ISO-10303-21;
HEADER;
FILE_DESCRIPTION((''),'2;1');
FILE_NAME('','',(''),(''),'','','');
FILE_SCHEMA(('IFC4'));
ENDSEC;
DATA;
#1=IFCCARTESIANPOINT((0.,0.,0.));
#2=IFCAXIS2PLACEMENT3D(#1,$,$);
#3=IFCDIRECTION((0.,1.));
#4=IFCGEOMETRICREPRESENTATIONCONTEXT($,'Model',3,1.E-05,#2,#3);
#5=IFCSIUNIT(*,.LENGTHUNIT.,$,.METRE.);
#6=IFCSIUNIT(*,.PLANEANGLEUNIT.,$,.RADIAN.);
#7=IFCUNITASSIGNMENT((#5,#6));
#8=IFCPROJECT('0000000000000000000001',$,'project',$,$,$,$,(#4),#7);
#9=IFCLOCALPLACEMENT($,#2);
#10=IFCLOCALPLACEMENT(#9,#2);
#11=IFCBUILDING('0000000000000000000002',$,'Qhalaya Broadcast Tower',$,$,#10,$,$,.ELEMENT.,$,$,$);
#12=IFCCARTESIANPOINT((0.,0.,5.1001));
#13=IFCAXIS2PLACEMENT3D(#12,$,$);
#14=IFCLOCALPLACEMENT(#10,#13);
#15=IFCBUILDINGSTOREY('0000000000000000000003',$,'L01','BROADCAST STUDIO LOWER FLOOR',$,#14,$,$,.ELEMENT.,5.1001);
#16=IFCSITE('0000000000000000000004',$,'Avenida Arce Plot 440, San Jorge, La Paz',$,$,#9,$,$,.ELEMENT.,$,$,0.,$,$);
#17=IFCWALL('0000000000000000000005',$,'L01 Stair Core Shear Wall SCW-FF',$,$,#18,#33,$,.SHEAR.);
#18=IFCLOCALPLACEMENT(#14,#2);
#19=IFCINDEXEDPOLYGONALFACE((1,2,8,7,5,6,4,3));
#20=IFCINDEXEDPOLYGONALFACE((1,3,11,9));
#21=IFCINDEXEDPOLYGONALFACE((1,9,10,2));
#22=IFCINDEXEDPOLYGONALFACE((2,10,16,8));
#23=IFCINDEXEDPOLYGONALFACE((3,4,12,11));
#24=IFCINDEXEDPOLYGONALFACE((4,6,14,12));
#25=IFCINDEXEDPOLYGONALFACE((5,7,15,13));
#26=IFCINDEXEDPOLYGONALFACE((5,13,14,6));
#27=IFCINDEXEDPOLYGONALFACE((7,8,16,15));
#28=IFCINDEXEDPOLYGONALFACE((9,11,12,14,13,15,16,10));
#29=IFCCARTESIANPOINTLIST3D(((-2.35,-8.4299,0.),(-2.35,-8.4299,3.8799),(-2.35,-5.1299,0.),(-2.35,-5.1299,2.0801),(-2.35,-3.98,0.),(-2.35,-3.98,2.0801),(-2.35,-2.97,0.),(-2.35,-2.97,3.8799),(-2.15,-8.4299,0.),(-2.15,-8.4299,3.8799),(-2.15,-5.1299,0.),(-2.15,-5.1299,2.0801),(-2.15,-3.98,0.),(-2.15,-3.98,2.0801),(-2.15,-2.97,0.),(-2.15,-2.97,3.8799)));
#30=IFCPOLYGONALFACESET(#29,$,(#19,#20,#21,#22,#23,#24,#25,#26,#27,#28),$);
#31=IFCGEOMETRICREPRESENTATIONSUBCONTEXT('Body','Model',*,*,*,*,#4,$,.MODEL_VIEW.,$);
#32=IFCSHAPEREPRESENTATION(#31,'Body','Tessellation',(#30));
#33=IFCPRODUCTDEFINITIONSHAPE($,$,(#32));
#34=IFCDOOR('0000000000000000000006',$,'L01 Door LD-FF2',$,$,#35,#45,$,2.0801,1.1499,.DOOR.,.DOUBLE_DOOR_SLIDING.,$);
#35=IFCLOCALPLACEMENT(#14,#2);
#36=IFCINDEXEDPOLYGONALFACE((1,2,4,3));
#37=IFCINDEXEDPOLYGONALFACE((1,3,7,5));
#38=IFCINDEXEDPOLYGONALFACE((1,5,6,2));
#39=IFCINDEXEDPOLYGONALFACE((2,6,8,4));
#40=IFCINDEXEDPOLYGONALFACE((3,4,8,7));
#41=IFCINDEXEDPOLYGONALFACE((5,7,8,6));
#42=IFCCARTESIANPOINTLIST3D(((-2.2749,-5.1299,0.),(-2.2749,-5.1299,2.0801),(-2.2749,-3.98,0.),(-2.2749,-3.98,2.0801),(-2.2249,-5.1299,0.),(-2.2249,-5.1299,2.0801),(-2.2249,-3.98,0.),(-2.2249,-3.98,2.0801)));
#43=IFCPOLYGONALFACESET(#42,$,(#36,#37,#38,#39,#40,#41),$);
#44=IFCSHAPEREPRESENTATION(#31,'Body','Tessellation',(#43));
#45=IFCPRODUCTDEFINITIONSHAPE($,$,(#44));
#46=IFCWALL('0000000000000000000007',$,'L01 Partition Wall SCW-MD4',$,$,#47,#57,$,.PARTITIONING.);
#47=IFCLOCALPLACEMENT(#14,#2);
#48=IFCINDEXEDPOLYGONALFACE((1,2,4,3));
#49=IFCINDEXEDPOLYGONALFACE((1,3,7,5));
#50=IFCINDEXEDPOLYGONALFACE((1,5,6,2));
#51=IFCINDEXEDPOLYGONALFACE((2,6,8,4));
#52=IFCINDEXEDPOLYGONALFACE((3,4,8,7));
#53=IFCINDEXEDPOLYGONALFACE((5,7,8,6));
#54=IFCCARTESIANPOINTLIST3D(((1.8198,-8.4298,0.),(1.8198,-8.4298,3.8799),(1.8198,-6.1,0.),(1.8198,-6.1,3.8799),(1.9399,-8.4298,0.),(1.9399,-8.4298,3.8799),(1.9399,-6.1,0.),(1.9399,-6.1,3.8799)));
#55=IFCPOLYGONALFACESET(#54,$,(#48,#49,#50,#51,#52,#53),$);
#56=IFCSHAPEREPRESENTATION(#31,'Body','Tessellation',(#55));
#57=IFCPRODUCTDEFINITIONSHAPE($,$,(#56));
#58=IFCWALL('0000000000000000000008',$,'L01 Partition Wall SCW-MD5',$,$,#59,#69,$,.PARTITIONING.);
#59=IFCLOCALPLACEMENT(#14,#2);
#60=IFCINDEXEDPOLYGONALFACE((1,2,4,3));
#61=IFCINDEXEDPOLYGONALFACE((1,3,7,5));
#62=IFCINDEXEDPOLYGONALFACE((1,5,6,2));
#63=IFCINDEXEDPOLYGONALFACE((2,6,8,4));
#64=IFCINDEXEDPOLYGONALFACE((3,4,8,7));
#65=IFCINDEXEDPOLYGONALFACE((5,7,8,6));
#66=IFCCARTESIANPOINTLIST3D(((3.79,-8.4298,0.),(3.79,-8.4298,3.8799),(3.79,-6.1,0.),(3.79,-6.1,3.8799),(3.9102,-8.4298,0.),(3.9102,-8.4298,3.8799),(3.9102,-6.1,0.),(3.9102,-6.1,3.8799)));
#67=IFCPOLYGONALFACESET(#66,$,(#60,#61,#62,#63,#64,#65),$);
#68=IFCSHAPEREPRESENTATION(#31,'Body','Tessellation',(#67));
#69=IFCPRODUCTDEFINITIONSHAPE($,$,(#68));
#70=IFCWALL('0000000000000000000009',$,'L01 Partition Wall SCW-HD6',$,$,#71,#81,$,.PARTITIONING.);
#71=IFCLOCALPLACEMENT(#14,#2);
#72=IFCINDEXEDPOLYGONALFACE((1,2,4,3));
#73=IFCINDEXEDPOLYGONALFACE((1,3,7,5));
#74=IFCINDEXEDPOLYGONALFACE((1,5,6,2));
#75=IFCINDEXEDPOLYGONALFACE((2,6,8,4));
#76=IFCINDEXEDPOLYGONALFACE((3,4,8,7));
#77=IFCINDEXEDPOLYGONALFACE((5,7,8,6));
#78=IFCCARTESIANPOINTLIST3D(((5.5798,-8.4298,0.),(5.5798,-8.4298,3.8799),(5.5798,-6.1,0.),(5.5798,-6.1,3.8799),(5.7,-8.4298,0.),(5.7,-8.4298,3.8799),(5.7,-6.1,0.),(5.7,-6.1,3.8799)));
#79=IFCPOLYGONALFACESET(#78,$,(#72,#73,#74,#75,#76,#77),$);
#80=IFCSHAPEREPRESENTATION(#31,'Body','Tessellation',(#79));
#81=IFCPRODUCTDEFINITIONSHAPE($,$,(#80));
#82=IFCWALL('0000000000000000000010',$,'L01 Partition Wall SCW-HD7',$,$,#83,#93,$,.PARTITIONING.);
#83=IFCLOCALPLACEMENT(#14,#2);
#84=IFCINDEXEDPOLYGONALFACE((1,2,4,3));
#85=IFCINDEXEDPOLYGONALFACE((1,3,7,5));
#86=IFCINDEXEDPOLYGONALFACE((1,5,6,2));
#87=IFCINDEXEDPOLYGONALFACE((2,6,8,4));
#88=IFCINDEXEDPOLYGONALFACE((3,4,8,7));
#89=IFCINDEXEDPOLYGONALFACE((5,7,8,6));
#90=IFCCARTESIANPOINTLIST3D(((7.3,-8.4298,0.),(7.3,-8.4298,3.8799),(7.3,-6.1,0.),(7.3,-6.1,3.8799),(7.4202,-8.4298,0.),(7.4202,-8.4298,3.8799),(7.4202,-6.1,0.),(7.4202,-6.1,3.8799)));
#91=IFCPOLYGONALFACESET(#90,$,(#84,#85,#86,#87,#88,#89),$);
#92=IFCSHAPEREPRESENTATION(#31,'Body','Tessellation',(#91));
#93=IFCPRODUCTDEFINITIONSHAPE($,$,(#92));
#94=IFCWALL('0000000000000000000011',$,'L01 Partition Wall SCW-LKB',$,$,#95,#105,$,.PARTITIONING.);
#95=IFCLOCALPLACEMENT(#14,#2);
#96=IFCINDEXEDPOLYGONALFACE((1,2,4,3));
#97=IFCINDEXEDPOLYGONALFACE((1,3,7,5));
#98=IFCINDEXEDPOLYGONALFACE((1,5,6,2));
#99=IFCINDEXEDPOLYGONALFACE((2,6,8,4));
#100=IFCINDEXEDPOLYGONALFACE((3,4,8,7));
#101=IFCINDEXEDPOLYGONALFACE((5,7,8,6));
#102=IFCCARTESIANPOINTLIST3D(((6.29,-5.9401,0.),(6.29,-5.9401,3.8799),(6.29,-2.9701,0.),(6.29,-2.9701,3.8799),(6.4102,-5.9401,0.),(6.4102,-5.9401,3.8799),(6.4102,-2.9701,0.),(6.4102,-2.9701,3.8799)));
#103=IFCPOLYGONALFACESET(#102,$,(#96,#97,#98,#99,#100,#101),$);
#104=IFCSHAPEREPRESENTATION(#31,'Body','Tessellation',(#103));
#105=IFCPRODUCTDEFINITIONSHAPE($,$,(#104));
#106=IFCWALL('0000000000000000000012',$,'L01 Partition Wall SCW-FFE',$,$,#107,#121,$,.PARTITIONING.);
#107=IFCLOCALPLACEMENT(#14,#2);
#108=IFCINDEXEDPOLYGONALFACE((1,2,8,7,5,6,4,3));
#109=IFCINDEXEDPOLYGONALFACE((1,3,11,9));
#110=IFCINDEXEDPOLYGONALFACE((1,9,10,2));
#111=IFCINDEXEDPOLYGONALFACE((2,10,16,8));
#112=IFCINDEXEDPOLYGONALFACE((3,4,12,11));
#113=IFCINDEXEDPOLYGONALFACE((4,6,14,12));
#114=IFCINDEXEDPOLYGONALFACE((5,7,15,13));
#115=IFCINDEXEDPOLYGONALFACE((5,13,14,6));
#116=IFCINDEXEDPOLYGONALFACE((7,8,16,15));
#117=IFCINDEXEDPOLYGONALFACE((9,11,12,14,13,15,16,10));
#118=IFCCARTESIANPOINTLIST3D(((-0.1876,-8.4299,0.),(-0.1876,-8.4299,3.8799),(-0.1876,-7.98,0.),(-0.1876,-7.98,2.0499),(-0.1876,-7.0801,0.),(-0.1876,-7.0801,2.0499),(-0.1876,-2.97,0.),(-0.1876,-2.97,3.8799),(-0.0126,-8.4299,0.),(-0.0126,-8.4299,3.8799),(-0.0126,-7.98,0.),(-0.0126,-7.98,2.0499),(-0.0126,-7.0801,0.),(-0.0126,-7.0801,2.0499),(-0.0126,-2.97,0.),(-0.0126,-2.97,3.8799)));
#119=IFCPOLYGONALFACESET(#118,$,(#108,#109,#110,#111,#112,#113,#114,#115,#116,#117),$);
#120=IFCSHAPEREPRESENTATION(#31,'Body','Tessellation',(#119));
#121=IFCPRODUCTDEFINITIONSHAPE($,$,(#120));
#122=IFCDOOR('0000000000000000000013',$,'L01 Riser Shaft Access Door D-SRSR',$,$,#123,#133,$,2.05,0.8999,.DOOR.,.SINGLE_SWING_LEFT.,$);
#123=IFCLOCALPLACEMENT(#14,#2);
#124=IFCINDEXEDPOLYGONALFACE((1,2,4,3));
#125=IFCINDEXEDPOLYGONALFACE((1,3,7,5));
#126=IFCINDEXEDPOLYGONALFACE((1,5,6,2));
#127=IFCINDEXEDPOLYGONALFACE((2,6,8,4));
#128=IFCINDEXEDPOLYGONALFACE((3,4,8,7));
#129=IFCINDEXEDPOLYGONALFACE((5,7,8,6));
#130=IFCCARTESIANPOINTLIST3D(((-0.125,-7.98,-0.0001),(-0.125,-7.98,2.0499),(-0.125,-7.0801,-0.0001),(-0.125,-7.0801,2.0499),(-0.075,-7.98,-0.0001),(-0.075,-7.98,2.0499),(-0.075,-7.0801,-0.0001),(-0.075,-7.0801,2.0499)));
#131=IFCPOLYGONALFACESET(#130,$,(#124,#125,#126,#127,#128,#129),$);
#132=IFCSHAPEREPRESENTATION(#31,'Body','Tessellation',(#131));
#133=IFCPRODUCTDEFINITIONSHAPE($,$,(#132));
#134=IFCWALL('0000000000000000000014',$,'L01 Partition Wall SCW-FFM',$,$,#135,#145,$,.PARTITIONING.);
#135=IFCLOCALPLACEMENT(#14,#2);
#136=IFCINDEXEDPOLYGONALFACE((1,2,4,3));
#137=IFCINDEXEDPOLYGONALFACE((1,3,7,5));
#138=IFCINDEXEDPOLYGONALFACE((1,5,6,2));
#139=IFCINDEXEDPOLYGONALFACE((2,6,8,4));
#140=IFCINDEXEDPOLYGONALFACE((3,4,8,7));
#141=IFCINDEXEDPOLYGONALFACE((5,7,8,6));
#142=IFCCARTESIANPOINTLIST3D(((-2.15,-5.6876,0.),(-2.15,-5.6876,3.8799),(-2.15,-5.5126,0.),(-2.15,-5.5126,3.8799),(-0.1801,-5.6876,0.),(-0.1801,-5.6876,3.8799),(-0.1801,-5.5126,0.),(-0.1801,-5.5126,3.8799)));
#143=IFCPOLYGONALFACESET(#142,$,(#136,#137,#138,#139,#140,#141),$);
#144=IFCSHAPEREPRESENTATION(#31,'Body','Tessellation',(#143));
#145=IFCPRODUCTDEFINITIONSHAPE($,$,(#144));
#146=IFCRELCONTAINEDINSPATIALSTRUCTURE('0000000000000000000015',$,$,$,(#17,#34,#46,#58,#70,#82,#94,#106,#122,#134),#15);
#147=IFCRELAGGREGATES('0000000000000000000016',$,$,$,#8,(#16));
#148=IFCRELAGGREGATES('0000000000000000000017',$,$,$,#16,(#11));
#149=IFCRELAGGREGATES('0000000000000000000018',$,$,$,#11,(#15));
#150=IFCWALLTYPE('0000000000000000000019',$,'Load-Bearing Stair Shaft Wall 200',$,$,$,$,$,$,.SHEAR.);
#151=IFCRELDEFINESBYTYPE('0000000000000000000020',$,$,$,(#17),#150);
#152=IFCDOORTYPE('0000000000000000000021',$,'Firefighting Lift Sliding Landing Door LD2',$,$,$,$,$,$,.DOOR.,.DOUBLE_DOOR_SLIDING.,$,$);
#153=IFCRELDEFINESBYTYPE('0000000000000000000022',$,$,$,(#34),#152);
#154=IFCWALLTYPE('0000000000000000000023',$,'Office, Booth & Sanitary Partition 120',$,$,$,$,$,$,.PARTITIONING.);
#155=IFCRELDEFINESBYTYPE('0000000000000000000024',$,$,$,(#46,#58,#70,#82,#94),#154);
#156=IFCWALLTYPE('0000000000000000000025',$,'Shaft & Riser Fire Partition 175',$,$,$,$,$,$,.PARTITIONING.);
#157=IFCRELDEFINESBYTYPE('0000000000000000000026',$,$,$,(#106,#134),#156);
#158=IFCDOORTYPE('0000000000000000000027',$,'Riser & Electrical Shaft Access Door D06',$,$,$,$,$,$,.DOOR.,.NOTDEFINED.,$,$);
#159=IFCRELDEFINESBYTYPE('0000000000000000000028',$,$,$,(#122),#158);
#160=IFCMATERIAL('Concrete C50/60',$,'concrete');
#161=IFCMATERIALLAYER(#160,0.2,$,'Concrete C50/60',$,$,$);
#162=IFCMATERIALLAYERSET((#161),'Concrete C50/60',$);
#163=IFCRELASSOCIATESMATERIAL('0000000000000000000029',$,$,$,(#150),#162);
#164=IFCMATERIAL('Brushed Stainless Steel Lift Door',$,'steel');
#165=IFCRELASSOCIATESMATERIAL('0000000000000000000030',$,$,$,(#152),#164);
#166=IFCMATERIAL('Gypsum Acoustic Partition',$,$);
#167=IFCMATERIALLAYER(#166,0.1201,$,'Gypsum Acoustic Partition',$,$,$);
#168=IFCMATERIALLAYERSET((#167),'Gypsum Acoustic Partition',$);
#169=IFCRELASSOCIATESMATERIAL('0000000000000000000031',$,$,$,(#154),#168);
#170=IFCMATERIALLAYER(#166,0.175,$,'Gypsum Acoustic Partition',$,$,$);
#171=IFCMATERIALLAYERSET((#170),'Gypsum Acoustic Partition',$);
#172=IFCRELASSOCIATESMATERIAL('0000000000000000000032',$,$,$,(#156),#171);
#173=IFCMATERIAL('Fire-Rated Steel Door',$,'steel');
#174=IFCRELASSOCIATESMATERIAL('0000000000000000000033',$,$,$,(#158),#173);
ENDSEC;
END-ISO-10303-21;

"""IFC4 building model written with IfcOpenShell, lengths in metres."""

from ifc_helpers import new_model, si_unit, direction, frame, frame_2d, origin, place, context, subcontext, project, spatial, rectangle, extrude, material, layer, layer_set, type_object, element, fill, save


model = new_model("IFC4")

# Units and contexts
model_context = context("Model", 3, precision=1e-05, world=origin(), true_north=direction((0.0, 1.0)))
body_context = subcontext(model_context, "Body", "Model", "MODEL_VIEW")
ifc_project = project(units=[si_unit("LENGTHUNIT", "METRE"), si_unit("PLANEANGLEUNIT", "RADIAN")], contexts=[model_context])

# Site, building, storey
site_placement = place(None, origin())
site = spatial("IfcSite", under=ifc_project, at=site_placement, Name="Avenida Arce Plot 440, San Jorge, La Paz", CompositionType="ELEMENT", RefElevation=0.0)
building_placement = place(site_placement, origin())
building = spatial("IfcBuilding", under=site, at=building_placement, Name="Qhalaya Broadcast Tower", CompositionType="ELEMENT")
storey_placement = place(building_placement, frame((0.0, 0.0, 5.1001)))
storey = spatial("IfcBuildingStorey", under=building, at=storey_placement, Name="L01", Description="BROADCAST STUDIO LOWER FLOOR", CompositionType="ELEMENT", Elevation=5.1001)

# Shared definitions
ifc_material_1 = material(Name="Concrete C50/60", Category="concrete")

# Wall, opening, door
ifc_layer_1 = layer(ifc_material_1, 0.2, Name="Concrete C50/60")
ifc_layer_set_1 = layer_set([ifc_layer_1], Name="Concrete C50/60")
wall_type_1 = type_object("IfcWallType", Name="Load-Bearing Stair Shaft Wall 200", PredefinedType="SHEAR", material=ifc_layer_set_1)
wall_1_placement = place(storey_placement, frame((-2.25, -8.4299, 0.0), z_axis=(0.0, 0.0, 1.0), x_axis=(0.0, 1.0, 0.0)))
wall_1 = element("IfcWall", 1, at=wall_1_placement, inside=storey, type_object=wall_type_1, Name="L01 Stair Core Shear Wall SCW-FF", PredefinedType="SHEAR", context=body_context, shape_type="SweptSolid", body=[
    extrude(rectangle(XDim=5.46, YDim=0.2, at=frame_2d((2.73, 0.0))), origin(), (0.0, 0.0, 1.0), 3.8799),
])
opening_1_placement = place(wall_1_placement, frame((3.3, 0.0, 0.0)))
opening_1 = element("IfcOpeningElement", 2, at=opening_1_placement, cuts=wall_1, PredefinedType="OPENING", context=body_context, shape_type="SweptSolid", body=[
    extrude(rectangle(XDim=1.1499, YDim=2.0801, at=frame_2d((0.575, 1.04))), frame((0.0, 0.1121, 0.0), z_axis=(0.0, -1.0, 0.0), x_axis=(1.0, 0.0, 0.0)), (0.0, 0.0, 1.0), 0.2239),
])
ifc_material_2 = material(Name="Brushed Stainless Steel Lift Door", Category="steel")
door_type_1 = type_object("IfcDoorType", Name="Firefighting Lift Sliding Landing Door LD2", OperationType="DOUBLE_DOOR_SLIDING", PredefinedType="DOOR", material=ifc_material_2)
door_1_placement = place(opening_1_placement, origin())
door_1 = element("IfcDoor", 3, at=door_1_placement, inside=storey, type_object=door_type_1, Name="L01 Door LD-FF2", OperationType="DOUBLE_DOOR_SLIDING", OverallHeight=2.0801, OverallWidth=1.1499, PredefinedType="DOOR", context=body_context, shape_type="SweptSolid", body=[
    extrude(rectangle(XDim=1.1499, YDim=2.0801, at=frame_2d((0.575, 1.04))), frame((0.0, 0.0249, 0.0), z_axis=(0.0, -1.0, 0.0), x_axis=(1.0, 0.0, 0.0)), (0.0, 0.0, 1.0), 0.05),
])
fill(opening_1, door_1)

# Walls
ifc_material_3 = material(Name="Gypsum Acoustic Partition")
ifc_layer_2 = layer(ifc_material_3, 0.1201, Name="Gypsum Acoustic Partition")
ifc_layer_set_2 = layer_set([ifc_layer_2], Name="Gypsum Acoustic Partition")
wall_type_2 = type_object("IfcWallType", Name="Office, Booth & Sanitary Partition 120", PredefinedType="PARTITIONING", material=ifc_layer_set_2)
for number, where, z_axis, x_axis, name in (
    (4, (1.8799, -8.4299, 0.0), (0.0, 0.0, 1.0), (0.0, 1.0, 0.0), "L01 Partition Wall SCW-MD4"),
    (5, (3.8501, -8.4299, 0.0), (0.0, 0.0, 1.0), (0.0, 1.0, 0.0), "L01 Partition Wall SCW-MD5"),
    (6, (5.6399, -8.4299, 0.0), (0.0, 0.0, 1.0), (0.0, 1.0, 0.0), "L01 Partition Wall SCW-HD6"),
    (7, (7.3601, -8.4299, 0.0), (0.0, 0.0, 1.0), (0.0, 1.0, 0.0), "L01 Partition Wall SCW-HD7"),
):
    element("IfcWall", number, at=place(storey_placement, frame(where, z_axis=z_axis, x_axis=x_axis)), inside=storey, type_object=wall_type_2, Name=name, PredefinedType="PARTITIONING", context=body_context, shape_type="SweptSolid", body=[
        extrude(rectangle(XDim=2.3298, YDim=0.1201, at=frame_2d((1.165, 0.0))), origin(), (0.0, 0.0, 1.0), 3.8799),
    ])
wall_2_placement = place(storey_placement, frame((6.3501, -5.9399, 0.0), z_axis=(0.0, 0.0, 1.0), x_axis=(0.0, 1.0, 0.0)))
element("IfcWall", 8, at=wall_2_placement, inside=storey, type_object=wall_type_2, Name="L01 Partition Wall SCW-LKB", PredefinedType="PARTITIONING", context=body_context, shape_type="SweptSolid", body=[
    extrude(rectangle(XDim=2.97, YDim=0.1201, at=frame_2d((1.4849, 0.0))), origin(), (0.0, 0.0, 1.0), 3.8799),
])

# Wall, opening, door
ifc_layer_3 = layer(ifc_material_3, 0.175, Name="Gypsum Acoustic Partition")
ifc_layer_set_3 = layer_set([ifc_layer_3], Name="Gypsum Acoustic Partition")
wall_type_3 = type_object("IfcWallType", Name="Shaft & Riser Fire Partition 175", PredefinedType="PARTITIONING", material=ifc_layer_set_3)
wall_3_placement = place(storey_placement, frame((-0.1001, -8.4299, 0.0), z_axis=(0.0, 0.0, 1.0), x_axis=(0.0, 1.0, 0.0)))
wall_3 = element("IfcWall", 9, at=wall_3_placement, inside=storey, type_object=wall_type_3, Name="L01 Partition Wall SCW-FFE", PredefinedType="PARTITIONING", context=body_context, shape_type="SweptSolid", body=[
    extrude(rectangle(XDim=5.46, YDim=0.175, at=frame_2d((2.73, 0.0))), origin(), (0.0, 0.0, 1.0), 3.8799),
])
opening_2_placement = place(wall_3_placement, frame((0.45, 0.0, 0.0)))
opening_2 = element("IfcOpeningElement", 10, at=opening_2_placement, cuts=wall_3, PredefinedType="OPENING", context=body_context, shape_type="SweptSolid", body=[
    extrude(rectangle(XDim=0.8999, YDim=2.05, at=frame_2d((0.45, 1.0249))), frame((0.0, 0.0996, 0.0), z_axis=(0.0, -1.0, 0.0), x_axis=(1.0, 0.0, 0.0)), (0.0, 0.0, 1.0), 0.199),
])
ifc_material_4 = material(Name="Fire-Rated Steel Door", Category="steel")
door_type_2 = type_object("IfcDoorType", Name="Riser & Electrical Shaft Access Door D06", OperationType="NOTDEFINED", PredefinedType="DOOR", material=ifc_material_4)
door_2_placement = place(opening_2_placement, origin())
door_2 = element("IfcDoor", 11, at=door_2_placement, inside=storey, type_object=door_type_2, Name="L01 Riser Shaft Access Door D-SRSR", OperationType="SINGLE_SWING_LEFT", OverallHeight=2.05, OverallWidth=0.8999, PredefinedType="DOOR", context=body_context, shape_type="SweptSolid", body=[
    extrude(rectangle(XDim=0.8999, YDim=2.05, at=frame_2d((0.45, 1.0249))), frame((0.0, 0.0249, 0.0), z_axis=(0.0, -1.0, 0.0), x_axis=(1.0, 0.0, 0.0)), (0.0, 0.0, 1.0), 0.05),
])
fill(opening_2, door_2)

# Wall
wall_4_placement = place(storey_placement, frame((-2.1499, -5.6001, 0.0), z_axis=(0.0, 0.0, 1.0), x_axis=(1.0, 0.0, 0.0)))
element("IfcWall", 12, at=wall_4_placement, inside=storey, type_object=wall_type_3, Name="L01 Partition Wall SCW-FFM", PredefinedType="PARTITIONING", context=body_context, shape_type="SweptSolid", body=[
    extrude(rectangle(XDim=1.97, YDim=0.175, at=frame_2d((0.9849, 0.0))), origin(), (0.0, 0.0, 1.0), 3.8799),
])

save(model, "model.ifc")
